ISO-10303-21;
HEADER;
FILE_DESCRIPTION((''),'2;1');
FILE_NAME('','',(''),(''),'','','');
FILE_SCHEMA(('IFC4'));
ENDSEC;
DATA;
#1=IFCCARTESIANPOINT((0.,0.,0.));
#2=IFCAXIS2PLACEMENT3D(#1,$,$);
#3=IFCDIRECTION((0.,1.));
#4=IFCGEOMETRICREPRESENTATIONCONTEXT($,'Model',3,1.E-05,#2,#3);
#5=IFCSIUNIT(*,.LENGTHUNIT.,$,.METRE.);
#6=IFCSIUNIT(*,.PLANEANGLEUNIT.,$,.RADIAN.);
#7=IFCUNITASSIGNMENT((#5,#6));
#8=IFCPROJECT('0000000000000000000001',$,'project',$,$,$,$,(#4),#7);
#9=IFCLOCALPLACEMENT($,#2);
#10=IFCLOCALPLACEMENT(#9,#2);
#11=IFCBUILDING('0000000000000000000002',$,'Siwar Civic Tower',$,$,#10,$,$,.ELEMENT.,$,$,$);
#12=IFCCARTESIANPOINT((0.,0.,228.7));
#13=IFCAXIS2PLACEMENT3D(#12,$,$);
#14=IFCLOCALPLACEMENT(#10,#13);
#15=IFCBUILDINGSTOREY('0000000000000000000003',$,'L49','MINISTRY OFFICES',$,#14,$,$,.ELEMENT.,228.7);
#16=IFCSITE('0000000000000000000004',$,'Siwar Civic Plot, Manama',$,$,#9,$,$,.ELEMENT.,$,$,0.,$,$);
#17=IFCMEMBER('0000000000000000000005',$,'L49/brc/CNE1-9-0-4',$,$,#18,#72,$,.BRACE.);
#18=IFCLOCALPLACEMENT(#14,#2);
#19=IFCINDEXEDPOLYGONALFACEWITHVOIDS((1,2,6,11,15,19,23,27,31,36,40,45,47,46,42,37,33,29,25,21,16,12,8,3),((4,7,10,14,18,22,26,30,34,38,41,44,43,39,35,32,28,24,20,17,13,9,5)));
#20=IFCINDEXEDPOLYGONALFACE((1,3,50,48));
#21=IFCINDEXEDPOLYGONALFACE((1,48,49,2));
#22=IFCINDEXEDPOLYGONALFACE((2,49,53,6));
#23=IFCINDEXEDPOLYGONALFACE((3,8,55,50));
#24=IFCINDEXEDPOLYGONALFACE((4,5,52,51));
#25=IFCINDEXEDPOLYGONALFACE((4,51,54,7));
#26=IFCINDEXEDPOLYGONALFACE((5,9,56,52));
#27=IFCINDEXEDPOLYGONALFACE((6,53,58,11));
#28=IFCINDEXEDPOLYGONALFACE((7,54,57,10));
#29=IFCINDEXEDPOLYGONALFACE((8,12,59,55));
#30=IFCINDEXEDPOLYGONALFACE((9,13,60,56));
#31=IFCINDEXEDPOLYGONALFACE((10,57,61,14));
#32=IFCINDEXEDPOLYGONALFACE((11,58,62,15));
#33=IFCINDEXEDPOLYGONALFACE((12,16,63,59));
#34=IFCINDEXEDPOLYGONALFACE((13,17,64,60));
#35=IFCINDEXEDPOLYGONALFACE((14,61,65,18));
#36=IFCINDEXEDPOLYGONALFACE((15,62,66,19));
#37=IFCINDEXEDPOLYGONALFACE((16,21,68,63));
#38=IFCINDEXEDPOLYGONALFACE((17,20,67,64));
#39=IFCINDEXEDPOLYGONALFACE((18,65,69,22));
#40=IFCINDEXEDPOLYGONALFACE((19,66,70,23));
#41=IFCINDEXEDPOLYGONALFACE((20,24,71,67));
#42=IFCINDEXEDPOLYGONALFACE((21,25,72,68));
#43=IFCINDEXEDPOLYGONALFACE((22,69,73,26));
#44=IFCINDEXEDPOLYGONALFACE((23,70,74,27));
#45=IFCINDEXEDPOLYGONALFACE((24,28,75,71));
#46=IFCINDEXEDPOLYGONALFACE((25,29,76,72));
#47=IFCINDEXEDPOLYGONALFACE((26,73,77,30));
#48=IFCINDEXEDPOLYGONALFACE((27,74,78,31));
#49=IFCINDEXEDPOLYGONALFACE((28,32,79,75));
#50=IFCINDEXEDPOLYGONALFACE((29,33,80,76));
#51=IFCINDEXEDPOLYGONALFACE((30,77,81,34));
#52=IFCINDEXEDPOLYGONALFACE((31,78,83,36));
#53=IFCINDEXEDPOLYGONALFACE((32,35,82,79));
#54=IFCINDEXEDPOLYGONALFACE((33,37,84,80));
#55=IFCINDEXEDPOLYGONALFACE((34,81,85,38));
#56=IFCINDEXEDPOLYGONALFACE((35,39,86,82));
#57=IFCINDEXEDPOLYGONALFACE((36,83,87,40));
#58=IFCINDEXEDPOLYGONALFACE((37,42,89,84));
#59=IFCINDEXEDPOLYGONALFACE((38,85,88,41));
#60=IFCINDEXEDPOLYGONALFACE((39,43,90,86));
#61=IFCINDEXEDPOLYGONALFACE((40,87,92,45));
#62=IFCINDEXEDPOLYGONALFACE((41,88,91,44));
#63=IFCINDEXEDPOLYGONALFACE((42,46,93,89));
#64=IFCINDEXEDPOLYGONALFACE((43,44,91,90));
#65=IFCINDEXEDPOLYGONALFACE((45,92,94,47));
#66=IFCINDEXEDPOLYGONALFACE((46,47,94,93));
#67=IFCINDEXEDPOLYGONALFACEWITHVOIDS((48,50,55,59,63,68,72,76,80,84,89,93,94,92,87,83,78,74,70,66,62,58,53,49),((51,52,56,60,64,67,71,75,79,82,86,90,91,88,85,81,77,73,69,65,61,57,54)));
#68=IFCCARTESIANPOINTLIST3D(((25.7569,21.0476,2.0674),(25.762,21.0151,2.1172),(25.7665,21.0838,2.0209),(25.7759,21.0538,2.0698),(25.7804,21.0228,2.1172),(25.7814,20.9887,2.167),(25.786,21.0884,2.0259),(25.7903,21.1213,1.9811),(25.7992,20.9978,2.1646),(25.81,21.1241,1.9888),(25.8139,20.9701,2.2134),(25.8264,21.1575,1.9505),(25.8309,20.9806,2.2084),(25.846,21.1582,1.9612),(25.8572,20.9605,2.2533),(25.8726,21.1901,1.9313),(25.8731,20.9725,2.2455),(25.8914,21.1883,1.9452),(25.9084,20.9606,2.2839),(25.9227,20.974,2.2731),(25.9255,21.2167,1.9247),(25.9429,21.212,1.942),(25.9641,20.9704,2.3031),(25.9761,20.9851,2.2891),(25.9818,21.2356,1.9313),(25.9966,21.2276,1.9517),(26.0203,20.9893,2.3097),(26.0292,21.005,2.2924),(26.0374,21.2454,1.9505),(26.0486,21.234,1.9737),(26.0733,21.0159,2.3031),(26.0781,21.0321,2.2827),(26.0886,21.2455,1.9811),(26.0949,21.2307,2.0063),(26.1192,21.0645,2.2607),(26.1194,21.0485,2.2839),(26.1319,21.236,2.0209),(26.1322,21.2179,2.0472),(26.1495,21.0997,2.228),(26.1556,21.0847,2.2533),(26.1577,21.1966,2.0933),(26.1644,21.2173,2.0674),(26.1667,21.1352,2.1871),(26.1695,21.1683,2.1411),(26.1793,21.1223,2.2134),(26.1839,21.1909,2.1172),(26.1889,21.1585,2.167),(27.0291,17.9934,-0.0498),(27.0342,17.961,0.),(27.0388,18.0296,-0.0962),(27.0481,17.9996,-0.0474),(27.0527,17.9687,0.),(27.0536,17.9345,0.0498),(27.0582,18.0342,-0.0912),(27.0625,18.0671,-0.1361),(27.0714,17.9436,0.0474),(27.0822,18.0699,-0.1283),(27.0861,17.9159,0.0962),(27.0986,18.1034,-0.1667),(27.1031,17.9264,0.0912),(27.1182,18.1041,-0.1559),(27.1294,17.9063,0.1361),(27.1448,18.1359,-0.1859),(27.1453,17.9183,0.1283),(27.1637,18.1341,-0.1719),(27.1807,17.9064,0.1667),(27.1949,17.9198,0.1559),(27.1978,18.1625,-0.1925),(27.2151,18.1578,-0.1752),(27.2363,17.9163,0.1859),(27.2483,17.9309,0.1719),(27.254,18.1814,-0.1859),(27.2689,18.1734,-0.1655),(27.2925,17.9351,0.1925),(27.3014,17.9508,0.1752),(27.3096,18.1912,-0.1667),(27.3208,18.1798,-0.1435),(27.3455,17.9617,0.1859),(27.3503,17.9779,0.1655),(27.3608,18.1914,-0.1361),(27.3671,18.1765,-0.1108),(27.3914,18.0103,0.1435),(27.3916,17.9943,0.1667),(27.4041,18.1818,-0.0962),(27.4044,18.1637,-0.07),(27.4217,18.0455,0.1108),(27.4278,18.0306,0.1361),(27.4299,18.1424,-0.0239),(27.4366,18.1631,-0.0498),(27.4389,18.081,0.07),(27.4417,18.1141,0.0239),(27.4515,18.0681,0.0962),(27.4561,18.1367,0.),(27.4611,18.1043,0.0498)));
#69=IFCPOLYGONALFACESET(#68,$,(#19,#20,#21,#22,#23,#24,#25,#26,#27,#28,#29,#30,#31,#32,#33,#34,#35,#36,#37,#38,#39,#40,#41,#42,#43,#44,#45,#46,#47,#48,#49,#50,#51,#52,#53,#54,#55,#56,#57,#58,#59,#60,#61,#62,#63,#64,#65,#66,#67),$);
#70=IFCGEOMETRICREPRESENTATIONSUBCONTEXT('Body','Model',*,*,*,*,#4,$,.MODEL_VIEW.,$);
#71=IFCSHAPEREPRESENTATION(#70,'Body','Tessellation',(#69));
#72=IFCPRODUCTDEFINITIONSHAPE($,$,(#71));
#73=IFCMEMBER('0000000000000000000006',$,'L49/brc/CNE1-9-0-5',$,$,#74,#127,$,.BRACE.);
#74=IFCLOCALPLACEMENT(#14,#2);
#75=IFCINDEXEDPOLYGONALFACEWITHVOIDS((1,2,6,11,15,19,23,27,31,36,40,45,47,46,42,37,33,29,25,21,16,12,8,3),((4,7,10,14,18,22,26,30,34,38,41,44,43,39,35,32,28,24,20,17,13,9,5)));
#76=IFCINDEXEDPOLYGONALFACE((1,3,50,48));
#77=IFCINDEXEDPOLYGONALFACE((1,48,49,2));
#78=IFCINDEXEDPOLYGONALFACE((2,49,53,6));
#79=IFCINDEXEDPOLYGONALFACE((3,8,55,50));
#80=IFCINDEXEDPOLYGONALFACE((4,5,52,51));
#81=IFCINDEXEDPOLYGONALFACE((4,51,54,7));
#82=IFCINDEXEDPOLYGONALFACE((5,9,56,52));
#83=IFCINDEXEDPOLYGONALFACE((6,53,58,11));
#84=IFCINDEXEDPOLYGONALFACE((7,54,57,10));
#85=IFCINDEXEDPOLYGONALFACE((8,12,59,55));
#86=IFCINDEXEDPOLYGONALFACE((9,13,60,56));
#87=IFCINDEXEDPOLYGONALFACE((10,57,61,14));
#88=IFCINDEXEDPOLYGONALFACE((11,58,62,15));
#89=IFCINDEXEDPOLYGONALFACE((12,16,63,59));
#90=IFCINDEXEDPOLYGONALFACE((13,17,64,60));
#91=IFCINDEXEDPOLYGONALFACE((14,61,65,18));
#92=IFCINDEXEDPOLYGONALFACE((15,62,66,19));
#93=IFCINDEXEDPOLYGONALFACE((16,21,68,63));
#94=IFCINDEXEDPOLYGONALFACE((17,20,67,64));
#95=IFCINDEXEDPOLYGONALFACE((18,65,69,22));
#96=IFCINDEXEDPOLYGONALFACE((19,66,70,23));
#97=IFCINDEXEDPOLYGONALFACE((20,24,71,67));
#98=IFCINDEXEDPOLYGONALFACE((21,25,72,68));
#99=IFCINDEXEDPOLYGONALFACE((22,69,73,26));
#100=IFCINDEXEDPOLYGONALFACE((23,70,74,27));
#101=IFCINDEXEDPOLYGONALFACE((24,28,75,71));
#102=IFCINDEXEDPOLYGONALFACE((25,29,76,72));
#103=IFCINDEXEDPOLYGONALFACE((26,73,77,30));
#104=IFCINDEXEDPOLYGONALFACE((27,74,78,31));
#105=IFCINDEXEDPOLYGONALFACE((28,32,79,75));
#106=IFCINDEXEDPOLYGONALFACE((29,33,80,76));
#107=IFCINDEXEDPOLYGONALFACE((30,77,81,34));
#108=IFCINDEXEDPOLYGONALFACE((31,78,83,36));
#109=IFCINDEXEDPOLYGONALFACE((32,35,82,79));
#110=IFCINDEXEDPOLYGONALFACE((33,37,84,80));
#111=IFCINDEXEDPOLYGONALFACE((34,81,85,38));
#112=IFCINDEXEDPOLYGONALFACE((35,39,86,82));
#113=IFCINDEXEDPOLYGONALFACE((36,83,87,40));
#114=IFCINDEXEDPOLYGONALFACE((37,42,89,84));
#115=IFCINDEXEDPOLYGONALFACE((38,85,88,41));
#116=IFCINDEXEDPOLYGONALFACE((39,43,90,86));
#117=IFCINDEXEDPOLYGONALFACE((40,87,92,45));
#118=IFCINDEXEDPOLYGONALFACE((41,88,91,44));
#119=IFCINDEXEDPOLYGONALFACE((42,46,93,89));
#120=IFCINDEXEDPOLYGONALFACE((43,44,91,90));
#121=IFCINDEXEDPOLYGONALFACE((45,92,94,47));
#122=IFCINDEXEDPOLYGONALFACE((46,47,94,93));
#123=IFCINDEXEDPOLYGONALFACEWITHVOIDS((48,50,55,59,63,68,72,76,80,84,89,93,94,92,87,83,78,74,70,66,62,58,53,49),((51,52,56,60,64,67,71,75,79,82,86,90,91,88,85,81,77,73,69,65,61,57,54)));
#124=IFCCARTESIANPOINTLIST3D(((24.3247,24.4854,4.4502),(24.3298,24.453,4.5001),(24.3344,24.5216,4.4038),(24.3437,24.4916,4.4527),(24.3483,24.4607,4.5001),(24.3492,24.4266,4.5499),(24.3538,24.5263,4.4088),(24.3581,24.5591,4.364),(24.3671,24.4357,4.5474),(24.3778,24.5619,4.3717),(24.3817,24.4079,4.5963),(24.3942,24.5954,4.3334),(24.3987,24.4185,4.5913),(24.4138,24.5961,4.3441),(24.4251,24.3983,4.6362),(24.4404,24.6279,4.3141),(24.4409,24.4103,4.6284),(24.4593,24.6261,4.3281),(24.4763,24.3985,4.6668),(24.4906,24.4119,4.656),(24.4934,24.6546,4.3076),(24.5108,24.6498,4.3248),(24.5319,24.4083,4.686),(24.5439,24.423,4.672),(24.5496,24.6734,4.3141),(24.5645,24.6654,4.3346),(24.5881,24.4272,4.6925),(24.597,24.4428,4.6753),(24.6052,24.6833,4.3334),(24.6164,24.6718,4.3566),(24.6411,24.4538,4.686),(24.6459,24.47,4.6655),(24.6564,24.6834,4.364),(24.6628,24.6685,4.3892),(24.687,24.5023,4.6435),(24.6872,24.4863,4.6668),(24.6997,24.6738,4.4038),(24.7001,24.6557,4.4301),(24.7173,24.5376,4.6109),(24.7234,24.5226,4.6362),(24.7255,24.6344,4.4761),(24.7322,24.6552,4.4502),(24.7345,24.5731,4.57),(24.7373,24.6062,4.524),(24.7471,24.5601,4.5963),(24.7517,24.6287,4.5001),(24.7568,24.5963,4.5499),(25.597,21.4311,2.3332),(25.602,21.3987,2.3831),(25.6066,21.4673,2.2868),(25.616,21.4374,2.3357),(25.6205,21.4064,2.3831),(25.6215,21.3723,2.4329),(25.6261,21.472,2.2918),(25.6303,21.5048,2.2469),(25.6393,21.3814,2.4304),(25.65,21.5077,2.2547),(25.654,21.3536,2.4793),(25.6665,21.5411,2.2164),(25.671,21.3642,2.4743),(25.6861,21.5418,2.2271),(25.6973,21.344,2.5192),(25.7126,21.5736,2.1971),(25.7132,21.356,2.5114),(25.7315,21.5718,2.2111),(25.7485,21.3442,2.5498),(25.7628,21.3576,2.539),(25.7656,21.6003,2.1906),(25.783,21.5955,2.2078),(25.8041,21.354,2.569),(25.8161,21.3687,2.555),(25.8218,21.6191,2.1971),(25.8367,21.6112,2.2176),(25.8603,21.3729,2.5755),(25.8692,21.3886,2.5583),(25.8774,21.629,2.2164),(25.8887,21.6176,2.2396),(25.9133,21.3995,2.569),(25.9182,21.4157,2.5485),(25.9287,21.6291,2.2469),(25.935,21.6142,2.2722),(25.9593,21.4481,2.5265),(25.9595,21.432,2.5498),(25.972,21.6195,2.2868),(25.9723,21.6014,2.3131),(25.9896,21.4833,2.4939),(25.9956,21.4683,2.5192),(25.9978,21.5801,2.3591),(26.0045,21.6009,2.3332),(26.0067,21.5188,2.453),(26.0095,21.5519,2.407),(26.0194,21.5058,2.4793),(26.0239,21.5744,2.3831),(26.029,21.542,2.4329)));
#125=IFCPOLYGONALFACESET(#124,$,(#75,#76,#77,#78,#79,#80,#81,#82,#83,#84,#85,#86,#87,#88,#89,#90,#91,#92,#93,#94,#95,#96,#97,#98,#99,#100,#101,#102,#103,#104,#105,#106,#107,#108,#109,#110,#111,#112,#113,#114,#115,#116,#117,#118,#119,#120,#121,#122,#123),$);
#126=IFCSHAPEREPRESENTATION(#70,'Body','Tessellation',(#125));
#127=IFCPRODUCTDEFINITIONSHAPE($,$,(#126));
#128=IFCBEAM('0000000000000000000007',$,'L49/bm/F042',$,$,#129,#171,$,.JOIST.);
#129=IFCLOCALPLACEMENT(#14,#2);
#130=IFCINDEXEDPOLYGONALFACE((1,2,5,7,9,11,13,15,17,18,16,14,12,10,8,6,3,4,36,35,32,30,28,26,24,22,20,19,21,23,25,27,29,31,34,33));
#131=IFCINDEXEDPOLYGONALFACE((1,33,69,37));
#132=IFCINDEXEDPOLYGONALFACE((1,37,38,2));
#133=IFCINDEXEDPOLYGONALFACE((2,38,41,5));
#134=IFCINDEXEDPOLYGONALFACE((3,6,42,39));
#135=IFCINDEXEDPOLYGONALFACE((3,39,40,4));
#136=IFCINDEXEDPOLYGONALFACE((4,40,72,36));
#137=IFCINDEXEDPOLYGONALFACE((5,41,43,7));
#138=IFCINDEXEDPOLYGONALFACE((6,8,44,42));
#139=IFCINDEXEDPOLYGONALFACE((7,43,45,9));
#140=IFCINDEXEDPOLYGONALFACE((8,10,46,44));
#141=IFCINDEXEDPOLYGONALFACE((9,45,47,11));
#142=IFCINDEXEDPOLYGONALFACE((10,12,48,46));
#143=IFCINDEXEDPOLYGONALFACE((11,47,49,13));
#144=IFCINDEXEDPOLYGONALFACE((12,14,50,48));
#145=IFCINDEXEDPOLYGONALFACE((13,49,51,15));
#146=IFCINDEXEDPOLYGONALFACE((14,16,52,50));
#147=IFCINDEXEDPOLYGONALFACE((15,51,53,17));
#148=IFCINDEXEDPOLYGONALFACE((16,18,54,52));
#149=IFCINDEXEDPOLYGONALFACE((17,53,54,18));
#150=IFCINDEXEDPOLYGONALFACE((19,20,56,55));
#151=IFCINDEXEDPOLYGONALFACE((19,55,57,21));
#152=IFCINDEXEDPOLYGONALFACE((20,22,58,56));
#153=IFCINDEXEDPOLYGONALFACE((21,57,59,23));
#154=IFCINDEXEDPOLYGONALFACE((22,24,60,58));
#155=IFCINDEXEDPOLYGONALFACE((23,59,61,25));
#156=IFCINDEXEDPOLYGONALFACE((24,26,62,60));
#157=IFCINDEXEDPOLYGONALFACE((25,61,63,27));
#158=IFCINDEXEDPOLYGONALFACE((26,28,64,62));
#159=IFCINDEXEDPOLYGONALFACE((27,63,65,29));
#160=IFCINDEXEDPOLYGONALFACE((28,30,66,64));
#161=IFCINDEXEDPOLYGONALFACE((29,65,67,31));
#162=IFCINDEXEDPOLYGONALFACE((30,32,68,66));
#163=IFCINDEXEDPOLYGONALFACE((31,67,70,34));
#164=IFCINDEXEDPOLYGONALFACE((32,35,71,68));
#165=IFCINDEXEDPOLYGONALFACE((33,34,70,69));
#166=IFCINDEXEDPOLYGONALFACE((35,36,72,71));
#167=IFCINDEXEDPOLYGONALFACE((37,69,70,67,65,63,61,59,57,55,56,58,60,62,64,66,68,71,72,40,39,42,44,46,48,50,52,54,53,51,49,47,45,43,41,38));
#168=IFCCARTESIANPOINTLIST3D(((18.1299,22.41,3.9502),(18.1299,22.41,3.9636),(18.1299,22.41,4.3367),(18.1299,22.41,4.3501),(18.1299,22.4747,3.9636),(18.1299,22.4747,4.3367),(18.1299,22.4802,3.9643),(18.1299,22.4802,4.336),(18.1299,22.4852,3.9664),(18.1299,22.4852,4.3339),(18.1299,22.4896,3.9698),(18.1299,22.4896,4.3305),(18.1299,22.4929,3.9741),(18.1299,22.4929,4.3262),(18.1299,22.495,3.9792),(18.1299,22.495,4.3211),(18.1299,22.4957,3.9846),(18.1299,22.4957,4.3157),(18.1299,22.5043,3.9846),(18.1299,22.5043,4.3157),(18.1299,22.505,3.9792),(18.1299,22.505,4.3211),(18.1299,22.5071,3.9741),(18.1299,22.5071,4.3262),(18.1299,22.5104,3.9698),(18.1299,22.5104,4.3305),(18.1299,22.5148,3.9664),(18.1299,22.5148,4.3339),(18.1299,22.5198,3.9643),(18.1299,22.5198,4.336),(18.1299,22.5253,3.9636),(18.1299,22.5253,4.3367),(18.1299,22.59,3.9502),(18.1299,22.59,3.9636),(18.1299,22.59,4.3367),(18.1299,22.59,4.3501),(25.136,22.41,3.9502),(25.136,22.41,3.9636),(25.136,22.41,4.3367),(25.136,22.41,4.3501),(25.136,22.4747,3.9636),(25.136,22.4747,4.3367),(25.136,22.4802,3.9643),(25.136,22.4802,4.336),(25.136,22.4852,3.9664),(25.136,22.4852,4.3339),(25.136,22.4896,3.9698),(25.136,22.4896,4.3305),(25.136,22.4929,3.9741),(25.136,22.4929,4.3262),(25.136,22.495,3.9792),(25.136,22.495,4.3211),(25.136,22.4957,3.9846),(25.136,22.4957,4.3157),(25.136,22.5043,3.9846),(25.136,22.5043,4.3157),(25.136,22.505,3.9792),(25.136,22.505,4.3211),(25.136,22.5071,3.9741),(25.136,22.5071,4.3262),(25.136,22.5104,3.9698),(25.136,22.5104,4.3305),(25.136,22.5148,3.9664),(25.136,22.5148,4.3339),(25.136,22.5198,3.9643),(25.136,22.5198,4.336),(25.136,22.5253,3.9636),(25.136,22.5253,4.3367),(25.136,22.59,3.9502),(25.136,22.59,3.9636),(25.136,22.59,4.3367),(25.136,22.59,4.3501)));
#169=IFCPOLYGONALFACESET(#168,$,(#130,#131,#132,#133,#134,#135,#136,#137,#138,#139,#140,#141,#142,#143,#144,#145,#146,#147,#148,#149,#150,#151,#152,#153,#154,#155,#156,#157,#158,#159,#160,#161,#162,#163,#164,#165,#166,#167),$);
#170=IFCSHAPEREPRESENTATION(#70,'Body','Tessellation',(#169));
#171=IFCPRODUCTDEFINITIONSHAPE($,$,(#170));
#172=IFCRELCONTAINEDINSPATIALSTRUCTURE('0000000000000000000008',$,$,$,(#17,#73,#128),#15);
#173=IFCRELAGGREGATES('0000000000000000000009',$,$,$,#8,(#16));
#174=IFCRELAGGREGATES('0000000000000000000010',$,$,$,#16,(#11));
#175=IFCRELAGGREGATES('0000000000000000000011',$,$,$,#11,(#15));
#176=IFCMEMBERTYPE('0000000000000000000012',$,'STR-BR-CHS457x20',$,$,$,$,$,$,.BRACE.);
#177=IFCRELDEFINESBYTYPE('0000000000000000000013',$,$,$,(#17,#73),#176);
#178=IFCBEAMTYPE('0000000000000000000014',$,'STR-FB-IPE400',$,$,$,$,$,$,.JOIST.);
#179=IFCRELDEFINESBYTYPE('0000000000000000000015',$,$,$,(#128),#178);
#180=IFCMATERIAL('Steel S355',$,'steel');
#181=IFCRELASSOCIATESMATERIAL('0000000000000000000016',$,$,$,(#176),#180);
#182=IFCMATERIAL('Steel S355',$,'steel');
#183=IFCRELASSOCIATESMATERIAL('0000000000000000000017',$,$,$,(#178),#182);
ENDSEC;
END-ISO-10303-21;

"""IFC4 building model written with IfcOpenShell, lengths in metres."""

from ifc_helpers import new_model, si_unit, direction, frame, origin, origin_2d, place, context, subcontext, project, spatial, hollow_circle, i_section, extrude, material, material_profile, profile_set, type_object, element, save


model = new_model("IFC4")

# Units and contexts
model_context = context("Model", 3, precision=1e-05, world=origin(), true_north=direction((0.0, 1.0)))
body_context = subcontext(model_context, "Body", "Model", "MODEL_VIEW")
ifc_project = project(units=[si_unit("LENGTHUNIT", "METRE"), si_unit("PLANEANGLEUNIT", "RADIAN")], contexts=[model_context])

# Site, building, storey
site_placement = place(None, origin())
site = spatial("IfcSite", under=ifc_project, at=site_placement, Name="Siwar Civic Plot, Manama", CompositionType="ELEMENT", RefElevation=0.0)
building_placement = place(site_placement, origin())
building = spatial("IfcBuilding", under=site, at=building_placement, Name="Siwar Civic Tower", CompositionType="ELEMENT")
storey_placement = place(building_placement, frame((0.0, 0.0, 228.7)))
storey = spatial("IfcBuildingStorey", under=building, at=storey_placement, Name="L49", Description="MINISTRY OFFICES", CompositionType="ELEMENT", Elevation=228.7)

# Members
ifc_material_1 = material(Name="Steel S355", Category="steel")
ifc_material_profile_1 = material_profile(ifc_material_1, hollow_circle(Radius=0.2285, WallThickness=0.02, at=origin_2d()), Name="CHS457x20")
ifc_profile_set_1 = profile_set([ifc_material_profile_1], Name="Steel S355")
member_type_1 = type_object("IfcMemberType", Name="STR-BR-CHS457x20", PredefinedType="BRACE", material=ifc_profile_set_1)
for number, where, z_axis, x_axis, name in (
    (1, (27.2451, 18.0488, 0.0), (-0.323884, 0.777546, 0.538999), (-0.923116, -0.384521, 0.0), "L49/brc/CNE1-9-0-4"),
    (2, (25.813, 21.4866, 2.3831), (-0.323895, 0.777572, 0.538955), (-0.923116, -0.384521, 0.0), "L49/brc/CNE1-9-0-5"),
):
    element("IfcMember", number, at=place(storey_placement, frame(where, z_axis=z_axis, x_axis=x_axis)), inside=storey, type_object=member_type_1, Name=name, PredefinedType="BRACE", context=body_context, shape_type="SweptSolid", body=[
        extrude(hollow_circle(Radius=0.2285, WallThickness=0.02, at=origin_2d()), origin(), (0.0, 0.0, 1.0), 3.928),
    ])

# Beam
ifc_material_2 = material(Name="Steel S355", Category="steel")
ifc_material_profile_2 = material_profile(ifc_material_2, i_section(OverallWidth=0.1799, OverallDepth=0.3999, WebThickness=0.0085, FlangeThickness=0.0134, FilletRadius=0.021, at=origin_2d()), Name="IPE400")
ifc_profile_set_2 = profile_set([ifc_material_profile_2], Name="Steel S355")
beam_type_1 = type_object("IfcBeamType", Name="STR-FB-IPE400", PredefinedType="JOIST", material=ifc_profile_set_2)
beam_1_placement = place(storey_placement, frame((18.1299, 22.5, 4.1501), z_axis=(1.0, 0.0, 0.0), x_axis=(0.0, 1.0, 0.0)))
element("IfcBeam", 3, at=beam_1_placement, inside=storey, type_object=beam_type_1, Name="L49/bm/F042", PredefinedType="JOIST", context=body_context, shape_type="SweptSolid", body=[
    extrude(i_section(OverallWidth=0.1799, OverallDepth=0.3999, WebThickness=0.0085, FlangeThickness=0.0134, FilletRadius=0.021, at=origin_2d()), origin(), (0.0, 0.0, 1.0), 7.0061),
])

save(model, "model.ifc")
